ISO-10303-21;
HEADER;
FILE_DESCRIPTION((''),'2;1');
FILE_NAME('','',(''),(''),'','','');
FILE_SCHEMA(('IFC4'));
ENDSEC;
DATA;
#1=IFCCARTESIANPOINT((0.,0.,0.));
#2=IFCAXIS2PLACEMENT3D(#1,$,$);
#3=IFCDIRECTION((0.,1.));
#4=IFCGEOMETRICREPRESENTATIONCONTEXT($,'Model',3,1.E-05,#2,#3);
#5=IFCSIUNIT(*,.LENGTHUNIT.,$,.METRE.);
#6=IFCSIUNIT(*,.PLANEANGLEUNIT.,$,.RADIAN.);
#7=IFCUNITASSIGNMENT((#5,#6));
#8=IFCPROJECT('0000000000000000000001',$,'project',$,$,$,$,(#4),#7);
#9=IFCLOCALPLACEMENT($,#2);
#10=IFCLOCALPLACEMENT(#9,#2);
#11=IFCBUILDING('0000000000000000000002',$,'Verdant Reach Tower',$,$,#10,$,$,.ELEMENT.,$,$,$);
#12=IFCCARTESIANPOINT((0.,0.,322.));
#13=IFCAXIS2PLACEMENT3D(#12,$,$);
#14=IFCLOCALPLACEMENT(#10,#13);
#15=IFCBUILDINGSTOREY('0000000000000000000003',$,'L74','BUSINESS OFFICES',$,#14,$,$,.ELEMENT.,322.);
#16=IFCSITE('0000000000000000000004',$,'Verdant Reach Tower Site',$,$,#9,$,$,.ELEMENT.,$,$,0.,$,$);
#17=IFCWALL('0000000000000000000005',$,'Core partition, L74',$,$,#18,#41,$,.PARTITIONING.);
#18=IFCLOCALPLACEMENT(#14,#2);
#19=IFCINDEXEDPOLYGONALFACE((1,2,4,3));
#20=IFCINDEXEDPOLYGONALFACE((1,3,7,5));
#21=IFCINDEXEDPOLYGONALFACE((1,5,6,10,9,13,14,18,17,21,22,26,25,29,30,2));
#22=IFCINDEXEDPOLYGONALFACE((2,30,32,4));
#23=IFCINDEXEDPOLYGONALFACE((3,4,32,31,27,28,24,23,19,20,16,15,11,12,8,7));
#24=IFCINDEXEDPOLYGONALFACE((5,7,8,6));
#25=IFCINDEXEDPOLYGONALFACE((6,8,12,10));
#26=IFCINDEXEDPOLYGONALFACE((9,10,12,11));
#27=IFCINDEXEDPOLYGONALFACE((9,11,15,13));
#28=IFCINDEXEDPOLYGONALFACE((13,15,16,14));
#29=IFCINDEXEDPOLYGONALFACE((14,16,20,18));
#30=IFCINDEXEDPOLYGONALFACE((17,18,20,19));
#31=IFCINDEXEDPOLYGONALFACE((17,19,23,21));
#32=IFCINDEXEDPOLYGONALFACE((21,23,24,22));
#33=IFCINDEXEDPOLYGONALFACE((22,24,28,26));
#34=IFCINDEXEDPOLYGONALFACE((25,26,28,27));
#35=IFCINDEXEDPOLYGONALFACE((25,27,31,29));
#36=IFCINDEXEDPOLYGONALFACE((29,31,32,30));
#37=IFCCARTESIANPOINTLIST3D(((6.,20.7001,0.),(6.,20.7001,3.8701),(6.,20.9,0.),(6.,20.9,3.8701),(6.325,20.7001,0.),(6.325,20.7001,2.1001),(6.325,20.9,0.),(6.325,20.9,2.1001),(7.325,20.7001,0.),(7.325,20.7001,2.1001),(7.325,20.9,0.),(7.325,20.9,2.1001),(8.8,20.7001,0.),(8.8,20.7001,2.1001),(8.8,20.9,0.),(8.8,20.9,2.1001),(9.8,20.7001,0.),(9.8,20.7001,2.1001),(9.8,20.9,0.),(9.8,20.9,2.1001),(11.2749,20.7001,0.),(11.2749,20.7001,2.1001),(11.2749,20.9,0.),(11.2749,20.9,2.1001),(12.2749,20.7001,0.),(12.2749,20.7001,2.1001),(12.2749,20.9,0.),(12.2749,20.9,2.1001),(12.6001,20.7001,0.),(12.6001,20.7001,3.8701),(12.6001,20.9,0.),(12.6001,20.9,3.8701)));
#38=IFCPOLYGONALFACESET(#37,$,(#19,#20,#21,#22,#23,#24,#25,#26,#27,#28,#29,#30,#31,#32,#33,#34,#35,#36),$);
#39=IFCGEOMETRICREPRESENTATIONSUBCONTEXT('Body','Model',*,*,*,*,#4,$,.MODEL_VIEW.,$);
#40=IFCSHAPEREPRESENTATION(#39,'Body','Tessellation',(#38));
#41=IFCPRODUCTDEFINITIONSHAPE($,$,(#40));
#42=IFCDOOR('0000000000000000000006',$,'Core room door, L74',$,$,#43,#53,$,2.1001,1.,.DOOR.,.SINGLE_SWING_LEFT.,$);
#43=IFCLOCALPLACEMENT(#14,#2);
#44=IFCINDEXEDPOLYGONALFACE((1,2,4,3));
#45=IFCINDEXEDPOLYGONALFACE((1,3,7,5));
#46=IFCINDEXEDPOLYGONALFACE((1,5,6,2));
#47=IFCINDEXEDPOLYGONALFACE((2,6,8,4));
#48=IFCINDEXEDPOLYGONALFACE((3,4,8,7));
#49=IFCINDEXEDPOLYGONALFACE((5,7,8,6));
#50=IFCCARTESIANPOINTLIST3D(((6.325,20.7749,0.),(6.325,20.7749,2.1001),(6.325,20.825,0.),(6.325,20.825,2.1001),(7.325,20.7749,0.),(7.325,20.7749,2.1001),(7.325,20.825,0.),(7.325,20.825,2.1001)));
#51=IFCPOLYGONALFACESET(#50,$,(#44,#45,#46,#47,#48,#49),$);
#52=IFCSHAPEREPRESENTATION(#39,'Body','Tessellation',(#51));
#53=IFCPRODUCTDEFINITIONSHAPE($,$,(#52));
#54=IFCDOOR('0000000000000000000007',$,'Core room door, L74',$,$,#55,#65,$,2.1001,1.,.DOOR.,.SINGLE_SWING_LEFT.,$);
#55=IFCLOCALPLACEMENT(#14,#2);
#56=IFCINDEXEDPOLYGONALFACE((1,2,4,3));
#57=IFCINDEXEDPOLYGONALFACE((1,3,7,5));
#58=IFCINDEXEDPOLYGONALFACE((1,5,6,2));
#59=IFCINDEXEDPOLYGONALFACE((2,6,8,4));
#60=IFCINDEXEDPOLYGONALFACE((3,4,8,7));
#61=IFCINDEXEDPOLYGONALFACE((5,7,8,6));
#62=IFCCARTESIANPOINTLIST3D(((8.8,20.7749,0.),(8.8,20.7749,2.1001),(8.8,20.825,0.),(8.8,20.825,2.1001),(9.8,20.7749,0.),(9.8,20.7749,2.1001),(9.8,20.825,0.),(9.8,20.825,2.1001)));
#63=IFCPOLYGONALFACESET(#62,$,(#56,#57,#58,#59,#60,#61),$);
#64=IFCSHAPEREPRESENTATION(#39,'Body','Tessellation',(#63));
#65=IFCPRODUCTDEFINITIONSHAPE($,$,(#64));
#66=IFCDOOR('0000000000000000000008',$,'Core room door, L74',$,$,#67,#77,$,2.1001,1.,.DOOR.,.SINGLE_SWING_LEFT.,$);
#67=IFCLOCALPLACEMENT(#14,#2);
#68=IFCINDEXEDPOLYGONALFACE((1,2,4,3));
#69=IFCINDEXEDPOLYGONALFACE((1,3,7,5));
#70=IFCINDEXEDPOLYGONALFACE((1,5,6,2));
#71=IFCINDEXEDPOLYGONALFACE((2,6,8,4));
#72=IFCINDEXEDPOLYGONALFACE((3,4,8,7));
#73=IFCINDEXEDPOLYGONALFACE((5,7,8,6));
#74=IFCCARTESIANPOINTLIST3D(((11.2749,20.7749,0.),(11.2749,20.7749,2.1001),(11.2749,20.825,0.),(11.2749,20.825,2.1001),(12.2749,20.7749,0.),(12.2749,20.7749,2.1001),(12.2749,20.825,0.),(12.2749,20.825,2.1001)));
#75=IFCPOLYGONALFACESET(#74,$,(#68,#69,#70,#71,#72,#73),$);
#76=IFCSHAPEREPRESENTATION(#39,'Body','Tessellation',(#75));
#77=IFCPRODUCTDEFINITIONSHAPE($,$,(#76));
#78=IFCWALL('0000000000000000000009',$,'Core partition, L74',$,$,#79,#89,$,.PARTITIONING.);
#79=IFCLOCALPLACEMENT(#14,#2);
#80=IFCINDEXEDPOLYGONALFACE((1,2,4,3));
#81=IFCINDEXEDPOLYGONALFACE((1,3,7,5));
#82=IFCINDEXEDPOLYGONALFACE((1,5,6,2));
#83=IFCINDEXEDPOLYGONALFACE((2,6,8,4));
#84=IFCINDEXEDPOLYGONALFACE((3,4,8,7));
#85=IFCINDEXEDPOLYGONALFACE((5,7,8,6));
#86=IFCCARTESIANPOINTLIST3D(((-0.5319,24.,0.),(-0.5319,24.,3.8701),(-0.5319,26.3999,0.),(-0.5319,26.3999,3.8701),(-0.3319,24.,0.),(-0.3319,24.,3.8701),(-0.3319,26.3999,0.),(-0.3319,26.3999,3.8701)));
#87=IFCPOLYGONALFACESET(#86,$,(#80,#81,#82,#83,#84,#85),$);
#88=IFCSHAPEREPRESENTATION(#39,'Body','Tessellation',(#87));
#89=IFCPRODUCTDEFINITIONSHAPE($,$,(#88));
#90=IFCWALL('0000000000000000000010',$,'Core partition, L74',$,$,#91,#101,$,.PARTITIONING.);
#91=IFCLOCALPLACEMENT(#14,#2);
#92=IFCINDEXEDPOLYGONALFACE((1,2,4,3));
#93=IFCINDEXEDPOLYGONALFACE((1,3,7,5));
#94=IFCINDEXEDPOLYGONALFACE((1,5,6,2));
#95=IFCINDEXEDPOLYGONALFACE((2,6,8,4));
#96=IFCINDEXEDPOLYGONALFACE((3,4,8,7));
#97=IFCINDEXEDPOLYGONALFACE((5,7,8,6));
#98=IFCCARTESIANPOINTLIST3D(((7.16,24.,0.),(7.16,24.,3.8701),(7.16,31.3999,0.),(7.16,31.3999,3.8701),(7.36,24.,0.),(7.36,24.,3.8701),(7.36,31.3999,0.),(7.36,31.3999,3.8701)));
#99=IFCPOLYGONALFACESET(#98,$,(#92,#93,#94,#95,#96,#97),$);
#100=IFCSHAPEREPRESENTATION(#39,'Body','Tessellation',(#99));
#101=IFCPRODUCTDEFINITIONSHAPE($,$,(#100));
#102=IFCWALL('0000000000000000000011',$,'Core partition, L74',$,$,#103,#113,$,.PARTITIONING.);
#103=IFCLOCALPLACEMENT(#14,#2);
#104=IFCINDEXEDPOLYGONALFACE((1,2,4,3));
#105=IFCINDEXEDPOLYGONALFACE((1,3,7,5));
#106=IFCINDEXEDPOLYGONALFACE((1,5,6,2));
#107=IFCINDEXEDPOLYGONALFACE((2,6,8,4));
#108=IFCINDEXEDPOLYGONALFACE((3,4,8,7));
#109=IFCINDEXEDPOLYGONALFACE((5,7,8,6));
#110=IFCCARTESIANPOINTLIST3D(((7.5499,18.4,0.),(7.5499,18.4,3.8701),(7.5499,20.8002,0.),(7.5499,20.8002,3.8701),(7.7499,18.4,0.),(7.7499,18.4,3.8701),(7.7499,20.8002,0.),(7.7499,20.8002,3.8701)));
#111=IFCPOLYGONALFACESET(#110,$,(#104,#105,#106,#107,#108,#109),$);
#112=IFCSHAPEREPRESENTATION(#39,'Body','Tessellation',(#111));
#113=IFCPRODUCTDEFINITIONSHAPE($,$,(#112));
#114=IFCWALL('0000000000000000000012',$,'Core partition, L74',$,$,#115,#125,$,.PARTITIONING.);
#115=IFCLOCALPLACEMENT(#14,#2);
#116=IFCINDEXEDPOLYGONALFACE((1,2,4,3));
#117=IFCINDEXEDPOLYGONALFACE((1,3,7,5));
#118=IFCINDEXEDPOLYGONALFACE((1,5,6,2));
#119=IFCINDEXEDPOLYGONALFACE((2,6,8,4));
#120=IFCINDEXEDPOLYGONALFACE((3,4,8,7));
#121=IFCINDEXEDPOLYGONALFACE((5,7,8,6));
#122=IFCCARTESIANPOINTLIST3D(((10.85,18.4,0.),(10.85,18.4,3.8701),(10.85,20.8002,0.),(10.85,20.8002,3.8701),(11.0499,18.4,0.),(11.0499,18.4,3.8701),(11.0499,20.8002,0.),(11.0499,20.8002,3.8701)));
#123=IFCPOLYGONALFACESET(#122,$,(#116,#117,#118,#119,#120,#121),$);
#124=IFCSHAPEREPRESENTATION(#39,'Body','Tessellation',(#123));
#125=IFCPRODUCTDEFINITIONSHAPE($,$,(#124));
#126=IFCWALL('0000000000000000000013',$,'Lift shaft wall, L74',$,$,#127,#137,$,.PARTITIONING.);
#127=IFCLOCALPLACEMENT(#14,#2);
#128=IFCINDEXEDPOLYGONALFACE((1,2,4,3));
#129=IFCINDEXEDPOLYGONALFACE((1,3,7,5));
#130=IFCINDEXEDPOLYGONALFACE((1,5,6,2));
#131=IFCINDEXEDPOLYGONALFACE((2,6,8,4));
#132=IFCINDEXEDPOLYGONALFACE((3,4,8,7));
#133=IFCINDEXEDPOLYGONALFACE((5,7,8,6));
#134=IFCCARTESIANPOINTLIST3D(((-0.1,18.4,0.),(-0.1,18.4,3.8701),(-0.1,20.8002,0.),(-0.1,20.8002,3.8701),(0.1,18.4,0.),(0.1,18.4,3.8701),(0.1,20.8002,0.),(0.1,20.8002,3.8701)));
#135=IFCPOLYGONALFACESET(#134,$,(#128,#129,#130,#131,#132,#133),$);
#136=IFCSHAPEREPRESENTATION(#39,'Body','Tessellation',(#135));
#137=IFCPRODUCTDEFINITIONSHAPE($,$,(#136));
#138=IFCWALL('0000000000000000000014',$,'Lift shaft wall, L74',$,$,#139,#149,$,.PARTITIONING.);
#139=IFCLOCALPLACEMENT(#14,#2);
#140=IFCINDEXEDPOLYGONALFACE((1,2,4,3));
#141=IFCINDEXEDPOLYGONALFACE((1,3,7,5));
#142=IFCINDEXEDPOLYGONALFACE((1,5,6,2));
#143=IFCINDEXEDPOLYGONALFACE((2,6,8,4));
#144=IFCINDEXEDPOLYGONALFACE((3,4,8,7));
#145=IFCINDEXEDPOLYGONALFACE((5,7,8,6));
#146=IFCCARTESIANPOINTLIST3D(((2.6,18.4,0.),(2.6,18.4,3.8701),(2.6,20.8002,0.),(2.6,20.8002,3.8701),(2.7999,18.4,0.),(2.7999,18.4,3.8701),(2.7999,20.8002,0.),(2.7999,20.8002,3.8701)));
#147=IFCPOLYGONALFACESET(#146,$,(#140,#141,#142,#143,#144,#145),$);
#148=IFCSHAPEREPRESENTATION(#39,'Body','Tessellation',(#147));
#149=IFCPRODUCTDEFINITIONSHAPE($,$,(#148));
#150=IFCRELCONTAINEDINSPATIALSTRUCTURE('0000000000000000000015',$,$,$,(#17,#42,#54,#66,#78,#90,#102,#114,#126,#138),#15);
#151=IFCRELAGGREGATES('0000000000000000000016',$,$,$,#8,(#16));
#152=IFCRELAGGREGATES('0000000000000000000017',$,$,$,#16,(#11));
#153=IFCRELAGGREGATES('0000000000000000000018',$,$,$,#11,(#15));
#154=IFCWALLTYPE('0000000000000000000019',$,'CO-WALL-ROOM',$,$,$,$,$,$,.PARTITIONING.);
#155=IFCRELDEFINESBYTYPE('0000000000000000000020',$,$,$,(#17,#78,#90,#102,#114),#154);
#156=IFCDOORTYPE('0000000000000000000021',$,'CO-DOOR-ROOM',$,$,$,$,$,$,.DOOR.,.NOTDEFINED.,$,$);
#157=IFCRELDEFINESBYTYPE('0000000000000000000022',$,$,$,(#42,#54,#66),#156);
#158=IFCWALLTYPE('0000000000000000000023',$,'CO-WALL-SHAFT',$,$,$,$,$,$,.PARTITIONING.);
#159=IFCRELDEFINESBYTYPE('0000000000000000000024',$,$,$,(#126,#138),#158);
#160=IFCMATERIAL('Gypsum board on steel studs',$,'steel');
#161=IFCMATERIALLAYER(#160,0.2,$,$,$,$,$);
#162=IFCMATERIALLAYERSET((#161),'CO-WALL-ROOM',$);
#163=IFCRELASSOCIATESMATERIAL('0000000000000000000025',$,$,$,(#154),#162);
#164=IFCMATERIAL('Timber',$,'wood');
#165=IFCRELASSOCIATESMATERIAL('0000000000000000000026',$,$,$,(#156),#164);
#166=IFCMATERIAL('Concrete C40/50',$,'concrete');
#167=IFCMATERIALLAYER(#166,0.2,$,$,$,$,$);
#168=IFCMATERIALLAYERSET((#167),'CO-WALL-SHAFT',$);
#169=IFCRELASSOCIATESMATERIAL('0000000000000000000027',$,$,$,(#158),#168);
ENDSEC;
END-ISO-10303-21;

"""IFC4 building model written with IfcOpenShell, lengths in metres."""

from ifc_helpers import new_model, si_unit, direction, frame, frame_2d, origin, place, context, subcontext, project, spatial, rectangle, extrude, material, layer, layer_set, type_object, element, fill, save


model = new_model("IFC4")

# Units and contexts
model_context = context("Model", 3, precision=1e-05, world=origin(), true_north=direction((0.0, 1.0)))
body_context = subcontext(model_context, "Body", "Model", "MODEL_VIEW")
ifc_project = project(units=[si_unit("LENGTHUNIT", "METRE"), si_unit("PLANEANGLEUNIT", "RADIAN")], contexts=[model_context])

# Site, building, storey
site_placement = place(None, origin())
site = spatial("IfcSite", under=ifc_project, at=site_placement, Name="Verdant Reach Tower Site", CompositionType="ELEMENT", RefElevation=0.0)
building_placement = place(site_placement, origin())
building = spatial("IfcBuilding", under=site, at=building_placement, Name="Verdant Reach Tower", CompositionType="ELEMENT")
storey_placement = place(building_placement, frame((0.0, 0.0, 322.0)))
storey = spatial("IfcBuildingStorey", under=building, at=storey_placement, Name="L74", Description="BUSINESS OFFICES", CompositionType="ELEMENT", Elevation=322.0)

# Wall, openings, doors
ifc_material_1 = material(Name="Gypsum board on steel studs", Category="steel")
ifc_layer_1 = layer(ifc_material_1, 0.2)
ifc_layer_set_1 = layer_set([ifc_layer_1], Name="CO-WALL-ROOM")
wall_type_1 = type_object("IfcWallType", Name="CO-WALL-ROOM", PredefinedType="PARTITIONING", material=ifc_layer_set_1)
wall_1_placement = place(storey_placement, frame((6.0, 20.8, 0.0), z_axis=(0.0, 0.0, 1.0), x_axis=(1.0, 0.0, 0.0)))
wall_1 = element("IfcWall", 1, at=wall_1_placement, inside=storey, type_object=wall_type_1, Name="Core partition, L74", PredefinedType="PARTITIONING", context=body_context, shape_type="SweptSolid", body=[
    extrude(rectangle(XDim=6.6001, YDim=0.2, at=frame_2d((3.3, 0.0))), origin(), (0.0, 0.0, 1.0), 3.8701),
])
opening_1_placement = place(wall_1_placement, frame((0.325, 0.0, 0.0)))
opening_1 = element("IfcOpeningElement", 2, at=opening_1_placement, cuts=wall_1, PredefinedType="OPENING", context=body_context, shape_type="SweptSolid", body=[
    extrude(rectangle(XDim=1.0, YDim=2.1001, at=frame_2d((0.5, 1.05))), frame((0.0, 0.1099, 0.0), z_axis=(0.0, -1.0, 0.0), x_axis=(1.0, 0.0, 0.0)), (0.0, 0.0, 1.0), 0.22),
])
opening_2_placement = place(wall_1_placement, frame((2.8, 0.0, 0.0)))
opening_2 = element("IfcOpeningElement", 3, at=opening_2_placement, cuts=wall_1, PredefinedType="OPENING", context=body_context, shape_type="SweptSolid", body=[
    extrude(rectangle(XDim=1.0, YDim=2.1001, at=frame_2d((0.5, 1.05))), frame((0.0, 0.1099, 0.0), z_axis=(0.0, -1.0, 0.0), x_axis=(1.0, 0.0, 0.0)), (0.0, 0.0, 1.0), 0.22),
])
opening_3_placement = place(wall_1_placement, frame((5.2749, 0.0, 0.0)))
opening_3 = element("IfcOpeningElement", 4, at=opening_3_placement, cuts=wall_1, PredefinedType="OPENING", context=body_context, shape_type="SweptSolid", body=[
    extrude(rectangle(XDim=1.0, YDim=2.1001, at=frame_2d((0.5, 1.05))), frame((0.0, 0.1099, 0.0), z_axis=(0.0, -1.0, 0.0), x_axis=(1.0, 0.0, 0.0)), (0.0, 0.0, 1.0), 0.22),
])
ifc_material_2 = material(Name="Timber", Category="wood")
door_type_1 = type_object("IfcDoorType", Name="CO-DOOR-ROOM", OperationType="NOTDEFINED", PredefinedType="DOOR", material=ifc_material_2)
door_1_placement = place(opening_1_placement, origin())
door_1 = element("IfcDoor", 5, at=door_1_placement, inside=storey, type_object=door_type_1, Name="Core room door, L74", OperationType="SINGLE_SWING_LEFT", OverallHeight=2.1001, OverallWidth=1.0, PredefinedType="DOOR", context=body_context, shape_type="SweptSolid", body=[
    extrude(rectangle(XDim=1.0, YDim=2.1001, at=frame_2d((0.5, 1.05))), frame((0.0, 0.0249, 0.0), z_axis=(0.0, -1.0, 0.0), x_axis=(1.0, 0.0, 0.0)), (0.0, 0.0, 1.0), 0.05),
])
fill(opening_1, door_1)
door_2_placement = place(opening_2_placement, origin())
door_2 = element("IfcDoor", 6, at=door_2_placement, inside=storey, type_object=door_type_1, Name="Core room door, L74", OperationType="SINGLE_SWING_LEFT", OverallHeight=2.1001, OverallWidth=1.0, PredefinedType="DOOR", context=body_context, shape_type="SweptSolid", body=[
    extrude(rectangle(XDim=1.0, YDim=2.1001, at=frame_2d((0.5, 1.05))), frame((0.0, 0.0249, 0.0), z_axis=(0.0, -1.0, 0.0), x_axis=(1.0, 0.0, 0.0)), (0.0, 0.0, 1.0), 0.05),
])
fill(opening_2, door_2)
door_3_placement = place(opening_3_placement, origin())
door_3 = element("IfcDoor", 7, at=door_3_placement, inside=storey, type_object=door_type_1, Name="Core room door, L74", OperationType="SINGLE_SWING_LEFT", OverallHeight=2.1001, OverallWidth=1.0, PredefinedType="DOOR", context=body_context, shape_type="SweptSolid", body=[
    extrude(rectangle(XDim=1.0, YDim=2.1001, at=frame_2d((0.5, 1.05))), frame((0.0, 0.0249, 0.0), z_axis=(0.0, -1.0, 0.0), x_axis=(1.0, 0.0, 0.0)), (0.0, 0.0, 1.0), 0.05),
])
fill(opening_3, door_3)

# Walls
wall_2_placement = place(storey_placement, frame((-0.4319, 24.0, 0.0), z_axis=(0.0, 0.0, 1.0), x_axis=(0.0, 1.0, 0.0)))
element("IfcWall", 8, at=wall_2_placement, inside=storey, type_object=wall_type_1, Name="Core partition, L74", PredefinedType="PARTITIONING", context=body_context, shape_type="SweptSolid", body=[
    extrude(rectangle(XDim=2.3999, YDim=0.2, at=frame_2d((1.2, 0.0))), origin(), (0.0, 0.0, 1.0), 3.8701),
])
wall_3_placement = place(storey_placement, frame((7.26, 24.0, 0.0), z_axis=(0.0, 0.0, 1.0), x_axis=(0.0, 1.0, 0.0)))
element("IfcWall", 9, at=wall_3_placement, inside=storey, type_object=wall_type_1, Name="Core partition, L74", PredefinedType="PARTITIONING", context=body_context, shape_type="SweptSolid", body=[
    extrude(rectangle(XDim=7.3999, YDim=0.2, at=frame_2d((3.7, 0.0))), origin(), (0.0, 0.0, 1.0), 3.8701),
])
for number, where, z_axis, x_axis, name in (
    (10, (7.6499, 18.3999, 0.0), (0.0, 0.0, 1.0), (0.0, 1.0, 0.0), "Core partition, L74"),
    (11, (10.95, 18.3999, 0.0), (0.0, 0.0, 1.0), (0.0, 1.0, 0.0), "Core partition, L74"),
):
    element("IfcWall", number, at=place(storey_placement, frame(where, z_axis=z_axis, x_axis=x_axis)), inside=storey, type_object=wall_type_1, Name=name, PredefinedType="PARTITIONING", context=body_context, shape_type="SweptSolid", body=[
        extrude(rectangle(XDim=2.4001, YDim=0.2, at=frame_2d((1.2002, 0.0))), origin(), (0.0, 0.0, 1.0), 3.8701),
    ])
ifc_material_3 = material(Name="Concrete C40/50", Category="concrete")
ifc_layer_2 = layer(ifc_material_3, 0.2)
ifc_layer_set_2 = layer_set([ifc_layer_2], Name="CO-WALL-SHAFT")
wall_type_2 = type_object("IfcWallType", Name="CO-WALL-SHAFT", PredefinedType="PARTITIONING", material=ifc_layer_set_2)
for number, where, z_axis, x_axis, name in (
    (12, (0.0, 18.3999, 0.0), (0.0, 0.0, 1.0), (0.0, 1.0, 0.0), "Lift shaft wall, L74"),
    (13, (2.7, 18.3999, 0.0), (0.0, 0.0, 1.0), (0.0, 1.0, 0.0), "Lift shaft wall, L74"),
):
    element("IfcWall", number, at=place(storey_placement, frame(where, z_axis=z_axis, x_axis=x_axis)), inside=storey, type_object=wall_type_2, Name=name, PredefinedType="PARTITIONING", context=body_context, shape_type="SweptSolid", body=[
        extrude(rectangle(XDim=2.4001, YDim=0.2, at=frame_2d((1.2002, 0.0))), origin(), (0.0, 0.0, 1.0), 3.8701),
    ])

save(model, "model.ifc")
